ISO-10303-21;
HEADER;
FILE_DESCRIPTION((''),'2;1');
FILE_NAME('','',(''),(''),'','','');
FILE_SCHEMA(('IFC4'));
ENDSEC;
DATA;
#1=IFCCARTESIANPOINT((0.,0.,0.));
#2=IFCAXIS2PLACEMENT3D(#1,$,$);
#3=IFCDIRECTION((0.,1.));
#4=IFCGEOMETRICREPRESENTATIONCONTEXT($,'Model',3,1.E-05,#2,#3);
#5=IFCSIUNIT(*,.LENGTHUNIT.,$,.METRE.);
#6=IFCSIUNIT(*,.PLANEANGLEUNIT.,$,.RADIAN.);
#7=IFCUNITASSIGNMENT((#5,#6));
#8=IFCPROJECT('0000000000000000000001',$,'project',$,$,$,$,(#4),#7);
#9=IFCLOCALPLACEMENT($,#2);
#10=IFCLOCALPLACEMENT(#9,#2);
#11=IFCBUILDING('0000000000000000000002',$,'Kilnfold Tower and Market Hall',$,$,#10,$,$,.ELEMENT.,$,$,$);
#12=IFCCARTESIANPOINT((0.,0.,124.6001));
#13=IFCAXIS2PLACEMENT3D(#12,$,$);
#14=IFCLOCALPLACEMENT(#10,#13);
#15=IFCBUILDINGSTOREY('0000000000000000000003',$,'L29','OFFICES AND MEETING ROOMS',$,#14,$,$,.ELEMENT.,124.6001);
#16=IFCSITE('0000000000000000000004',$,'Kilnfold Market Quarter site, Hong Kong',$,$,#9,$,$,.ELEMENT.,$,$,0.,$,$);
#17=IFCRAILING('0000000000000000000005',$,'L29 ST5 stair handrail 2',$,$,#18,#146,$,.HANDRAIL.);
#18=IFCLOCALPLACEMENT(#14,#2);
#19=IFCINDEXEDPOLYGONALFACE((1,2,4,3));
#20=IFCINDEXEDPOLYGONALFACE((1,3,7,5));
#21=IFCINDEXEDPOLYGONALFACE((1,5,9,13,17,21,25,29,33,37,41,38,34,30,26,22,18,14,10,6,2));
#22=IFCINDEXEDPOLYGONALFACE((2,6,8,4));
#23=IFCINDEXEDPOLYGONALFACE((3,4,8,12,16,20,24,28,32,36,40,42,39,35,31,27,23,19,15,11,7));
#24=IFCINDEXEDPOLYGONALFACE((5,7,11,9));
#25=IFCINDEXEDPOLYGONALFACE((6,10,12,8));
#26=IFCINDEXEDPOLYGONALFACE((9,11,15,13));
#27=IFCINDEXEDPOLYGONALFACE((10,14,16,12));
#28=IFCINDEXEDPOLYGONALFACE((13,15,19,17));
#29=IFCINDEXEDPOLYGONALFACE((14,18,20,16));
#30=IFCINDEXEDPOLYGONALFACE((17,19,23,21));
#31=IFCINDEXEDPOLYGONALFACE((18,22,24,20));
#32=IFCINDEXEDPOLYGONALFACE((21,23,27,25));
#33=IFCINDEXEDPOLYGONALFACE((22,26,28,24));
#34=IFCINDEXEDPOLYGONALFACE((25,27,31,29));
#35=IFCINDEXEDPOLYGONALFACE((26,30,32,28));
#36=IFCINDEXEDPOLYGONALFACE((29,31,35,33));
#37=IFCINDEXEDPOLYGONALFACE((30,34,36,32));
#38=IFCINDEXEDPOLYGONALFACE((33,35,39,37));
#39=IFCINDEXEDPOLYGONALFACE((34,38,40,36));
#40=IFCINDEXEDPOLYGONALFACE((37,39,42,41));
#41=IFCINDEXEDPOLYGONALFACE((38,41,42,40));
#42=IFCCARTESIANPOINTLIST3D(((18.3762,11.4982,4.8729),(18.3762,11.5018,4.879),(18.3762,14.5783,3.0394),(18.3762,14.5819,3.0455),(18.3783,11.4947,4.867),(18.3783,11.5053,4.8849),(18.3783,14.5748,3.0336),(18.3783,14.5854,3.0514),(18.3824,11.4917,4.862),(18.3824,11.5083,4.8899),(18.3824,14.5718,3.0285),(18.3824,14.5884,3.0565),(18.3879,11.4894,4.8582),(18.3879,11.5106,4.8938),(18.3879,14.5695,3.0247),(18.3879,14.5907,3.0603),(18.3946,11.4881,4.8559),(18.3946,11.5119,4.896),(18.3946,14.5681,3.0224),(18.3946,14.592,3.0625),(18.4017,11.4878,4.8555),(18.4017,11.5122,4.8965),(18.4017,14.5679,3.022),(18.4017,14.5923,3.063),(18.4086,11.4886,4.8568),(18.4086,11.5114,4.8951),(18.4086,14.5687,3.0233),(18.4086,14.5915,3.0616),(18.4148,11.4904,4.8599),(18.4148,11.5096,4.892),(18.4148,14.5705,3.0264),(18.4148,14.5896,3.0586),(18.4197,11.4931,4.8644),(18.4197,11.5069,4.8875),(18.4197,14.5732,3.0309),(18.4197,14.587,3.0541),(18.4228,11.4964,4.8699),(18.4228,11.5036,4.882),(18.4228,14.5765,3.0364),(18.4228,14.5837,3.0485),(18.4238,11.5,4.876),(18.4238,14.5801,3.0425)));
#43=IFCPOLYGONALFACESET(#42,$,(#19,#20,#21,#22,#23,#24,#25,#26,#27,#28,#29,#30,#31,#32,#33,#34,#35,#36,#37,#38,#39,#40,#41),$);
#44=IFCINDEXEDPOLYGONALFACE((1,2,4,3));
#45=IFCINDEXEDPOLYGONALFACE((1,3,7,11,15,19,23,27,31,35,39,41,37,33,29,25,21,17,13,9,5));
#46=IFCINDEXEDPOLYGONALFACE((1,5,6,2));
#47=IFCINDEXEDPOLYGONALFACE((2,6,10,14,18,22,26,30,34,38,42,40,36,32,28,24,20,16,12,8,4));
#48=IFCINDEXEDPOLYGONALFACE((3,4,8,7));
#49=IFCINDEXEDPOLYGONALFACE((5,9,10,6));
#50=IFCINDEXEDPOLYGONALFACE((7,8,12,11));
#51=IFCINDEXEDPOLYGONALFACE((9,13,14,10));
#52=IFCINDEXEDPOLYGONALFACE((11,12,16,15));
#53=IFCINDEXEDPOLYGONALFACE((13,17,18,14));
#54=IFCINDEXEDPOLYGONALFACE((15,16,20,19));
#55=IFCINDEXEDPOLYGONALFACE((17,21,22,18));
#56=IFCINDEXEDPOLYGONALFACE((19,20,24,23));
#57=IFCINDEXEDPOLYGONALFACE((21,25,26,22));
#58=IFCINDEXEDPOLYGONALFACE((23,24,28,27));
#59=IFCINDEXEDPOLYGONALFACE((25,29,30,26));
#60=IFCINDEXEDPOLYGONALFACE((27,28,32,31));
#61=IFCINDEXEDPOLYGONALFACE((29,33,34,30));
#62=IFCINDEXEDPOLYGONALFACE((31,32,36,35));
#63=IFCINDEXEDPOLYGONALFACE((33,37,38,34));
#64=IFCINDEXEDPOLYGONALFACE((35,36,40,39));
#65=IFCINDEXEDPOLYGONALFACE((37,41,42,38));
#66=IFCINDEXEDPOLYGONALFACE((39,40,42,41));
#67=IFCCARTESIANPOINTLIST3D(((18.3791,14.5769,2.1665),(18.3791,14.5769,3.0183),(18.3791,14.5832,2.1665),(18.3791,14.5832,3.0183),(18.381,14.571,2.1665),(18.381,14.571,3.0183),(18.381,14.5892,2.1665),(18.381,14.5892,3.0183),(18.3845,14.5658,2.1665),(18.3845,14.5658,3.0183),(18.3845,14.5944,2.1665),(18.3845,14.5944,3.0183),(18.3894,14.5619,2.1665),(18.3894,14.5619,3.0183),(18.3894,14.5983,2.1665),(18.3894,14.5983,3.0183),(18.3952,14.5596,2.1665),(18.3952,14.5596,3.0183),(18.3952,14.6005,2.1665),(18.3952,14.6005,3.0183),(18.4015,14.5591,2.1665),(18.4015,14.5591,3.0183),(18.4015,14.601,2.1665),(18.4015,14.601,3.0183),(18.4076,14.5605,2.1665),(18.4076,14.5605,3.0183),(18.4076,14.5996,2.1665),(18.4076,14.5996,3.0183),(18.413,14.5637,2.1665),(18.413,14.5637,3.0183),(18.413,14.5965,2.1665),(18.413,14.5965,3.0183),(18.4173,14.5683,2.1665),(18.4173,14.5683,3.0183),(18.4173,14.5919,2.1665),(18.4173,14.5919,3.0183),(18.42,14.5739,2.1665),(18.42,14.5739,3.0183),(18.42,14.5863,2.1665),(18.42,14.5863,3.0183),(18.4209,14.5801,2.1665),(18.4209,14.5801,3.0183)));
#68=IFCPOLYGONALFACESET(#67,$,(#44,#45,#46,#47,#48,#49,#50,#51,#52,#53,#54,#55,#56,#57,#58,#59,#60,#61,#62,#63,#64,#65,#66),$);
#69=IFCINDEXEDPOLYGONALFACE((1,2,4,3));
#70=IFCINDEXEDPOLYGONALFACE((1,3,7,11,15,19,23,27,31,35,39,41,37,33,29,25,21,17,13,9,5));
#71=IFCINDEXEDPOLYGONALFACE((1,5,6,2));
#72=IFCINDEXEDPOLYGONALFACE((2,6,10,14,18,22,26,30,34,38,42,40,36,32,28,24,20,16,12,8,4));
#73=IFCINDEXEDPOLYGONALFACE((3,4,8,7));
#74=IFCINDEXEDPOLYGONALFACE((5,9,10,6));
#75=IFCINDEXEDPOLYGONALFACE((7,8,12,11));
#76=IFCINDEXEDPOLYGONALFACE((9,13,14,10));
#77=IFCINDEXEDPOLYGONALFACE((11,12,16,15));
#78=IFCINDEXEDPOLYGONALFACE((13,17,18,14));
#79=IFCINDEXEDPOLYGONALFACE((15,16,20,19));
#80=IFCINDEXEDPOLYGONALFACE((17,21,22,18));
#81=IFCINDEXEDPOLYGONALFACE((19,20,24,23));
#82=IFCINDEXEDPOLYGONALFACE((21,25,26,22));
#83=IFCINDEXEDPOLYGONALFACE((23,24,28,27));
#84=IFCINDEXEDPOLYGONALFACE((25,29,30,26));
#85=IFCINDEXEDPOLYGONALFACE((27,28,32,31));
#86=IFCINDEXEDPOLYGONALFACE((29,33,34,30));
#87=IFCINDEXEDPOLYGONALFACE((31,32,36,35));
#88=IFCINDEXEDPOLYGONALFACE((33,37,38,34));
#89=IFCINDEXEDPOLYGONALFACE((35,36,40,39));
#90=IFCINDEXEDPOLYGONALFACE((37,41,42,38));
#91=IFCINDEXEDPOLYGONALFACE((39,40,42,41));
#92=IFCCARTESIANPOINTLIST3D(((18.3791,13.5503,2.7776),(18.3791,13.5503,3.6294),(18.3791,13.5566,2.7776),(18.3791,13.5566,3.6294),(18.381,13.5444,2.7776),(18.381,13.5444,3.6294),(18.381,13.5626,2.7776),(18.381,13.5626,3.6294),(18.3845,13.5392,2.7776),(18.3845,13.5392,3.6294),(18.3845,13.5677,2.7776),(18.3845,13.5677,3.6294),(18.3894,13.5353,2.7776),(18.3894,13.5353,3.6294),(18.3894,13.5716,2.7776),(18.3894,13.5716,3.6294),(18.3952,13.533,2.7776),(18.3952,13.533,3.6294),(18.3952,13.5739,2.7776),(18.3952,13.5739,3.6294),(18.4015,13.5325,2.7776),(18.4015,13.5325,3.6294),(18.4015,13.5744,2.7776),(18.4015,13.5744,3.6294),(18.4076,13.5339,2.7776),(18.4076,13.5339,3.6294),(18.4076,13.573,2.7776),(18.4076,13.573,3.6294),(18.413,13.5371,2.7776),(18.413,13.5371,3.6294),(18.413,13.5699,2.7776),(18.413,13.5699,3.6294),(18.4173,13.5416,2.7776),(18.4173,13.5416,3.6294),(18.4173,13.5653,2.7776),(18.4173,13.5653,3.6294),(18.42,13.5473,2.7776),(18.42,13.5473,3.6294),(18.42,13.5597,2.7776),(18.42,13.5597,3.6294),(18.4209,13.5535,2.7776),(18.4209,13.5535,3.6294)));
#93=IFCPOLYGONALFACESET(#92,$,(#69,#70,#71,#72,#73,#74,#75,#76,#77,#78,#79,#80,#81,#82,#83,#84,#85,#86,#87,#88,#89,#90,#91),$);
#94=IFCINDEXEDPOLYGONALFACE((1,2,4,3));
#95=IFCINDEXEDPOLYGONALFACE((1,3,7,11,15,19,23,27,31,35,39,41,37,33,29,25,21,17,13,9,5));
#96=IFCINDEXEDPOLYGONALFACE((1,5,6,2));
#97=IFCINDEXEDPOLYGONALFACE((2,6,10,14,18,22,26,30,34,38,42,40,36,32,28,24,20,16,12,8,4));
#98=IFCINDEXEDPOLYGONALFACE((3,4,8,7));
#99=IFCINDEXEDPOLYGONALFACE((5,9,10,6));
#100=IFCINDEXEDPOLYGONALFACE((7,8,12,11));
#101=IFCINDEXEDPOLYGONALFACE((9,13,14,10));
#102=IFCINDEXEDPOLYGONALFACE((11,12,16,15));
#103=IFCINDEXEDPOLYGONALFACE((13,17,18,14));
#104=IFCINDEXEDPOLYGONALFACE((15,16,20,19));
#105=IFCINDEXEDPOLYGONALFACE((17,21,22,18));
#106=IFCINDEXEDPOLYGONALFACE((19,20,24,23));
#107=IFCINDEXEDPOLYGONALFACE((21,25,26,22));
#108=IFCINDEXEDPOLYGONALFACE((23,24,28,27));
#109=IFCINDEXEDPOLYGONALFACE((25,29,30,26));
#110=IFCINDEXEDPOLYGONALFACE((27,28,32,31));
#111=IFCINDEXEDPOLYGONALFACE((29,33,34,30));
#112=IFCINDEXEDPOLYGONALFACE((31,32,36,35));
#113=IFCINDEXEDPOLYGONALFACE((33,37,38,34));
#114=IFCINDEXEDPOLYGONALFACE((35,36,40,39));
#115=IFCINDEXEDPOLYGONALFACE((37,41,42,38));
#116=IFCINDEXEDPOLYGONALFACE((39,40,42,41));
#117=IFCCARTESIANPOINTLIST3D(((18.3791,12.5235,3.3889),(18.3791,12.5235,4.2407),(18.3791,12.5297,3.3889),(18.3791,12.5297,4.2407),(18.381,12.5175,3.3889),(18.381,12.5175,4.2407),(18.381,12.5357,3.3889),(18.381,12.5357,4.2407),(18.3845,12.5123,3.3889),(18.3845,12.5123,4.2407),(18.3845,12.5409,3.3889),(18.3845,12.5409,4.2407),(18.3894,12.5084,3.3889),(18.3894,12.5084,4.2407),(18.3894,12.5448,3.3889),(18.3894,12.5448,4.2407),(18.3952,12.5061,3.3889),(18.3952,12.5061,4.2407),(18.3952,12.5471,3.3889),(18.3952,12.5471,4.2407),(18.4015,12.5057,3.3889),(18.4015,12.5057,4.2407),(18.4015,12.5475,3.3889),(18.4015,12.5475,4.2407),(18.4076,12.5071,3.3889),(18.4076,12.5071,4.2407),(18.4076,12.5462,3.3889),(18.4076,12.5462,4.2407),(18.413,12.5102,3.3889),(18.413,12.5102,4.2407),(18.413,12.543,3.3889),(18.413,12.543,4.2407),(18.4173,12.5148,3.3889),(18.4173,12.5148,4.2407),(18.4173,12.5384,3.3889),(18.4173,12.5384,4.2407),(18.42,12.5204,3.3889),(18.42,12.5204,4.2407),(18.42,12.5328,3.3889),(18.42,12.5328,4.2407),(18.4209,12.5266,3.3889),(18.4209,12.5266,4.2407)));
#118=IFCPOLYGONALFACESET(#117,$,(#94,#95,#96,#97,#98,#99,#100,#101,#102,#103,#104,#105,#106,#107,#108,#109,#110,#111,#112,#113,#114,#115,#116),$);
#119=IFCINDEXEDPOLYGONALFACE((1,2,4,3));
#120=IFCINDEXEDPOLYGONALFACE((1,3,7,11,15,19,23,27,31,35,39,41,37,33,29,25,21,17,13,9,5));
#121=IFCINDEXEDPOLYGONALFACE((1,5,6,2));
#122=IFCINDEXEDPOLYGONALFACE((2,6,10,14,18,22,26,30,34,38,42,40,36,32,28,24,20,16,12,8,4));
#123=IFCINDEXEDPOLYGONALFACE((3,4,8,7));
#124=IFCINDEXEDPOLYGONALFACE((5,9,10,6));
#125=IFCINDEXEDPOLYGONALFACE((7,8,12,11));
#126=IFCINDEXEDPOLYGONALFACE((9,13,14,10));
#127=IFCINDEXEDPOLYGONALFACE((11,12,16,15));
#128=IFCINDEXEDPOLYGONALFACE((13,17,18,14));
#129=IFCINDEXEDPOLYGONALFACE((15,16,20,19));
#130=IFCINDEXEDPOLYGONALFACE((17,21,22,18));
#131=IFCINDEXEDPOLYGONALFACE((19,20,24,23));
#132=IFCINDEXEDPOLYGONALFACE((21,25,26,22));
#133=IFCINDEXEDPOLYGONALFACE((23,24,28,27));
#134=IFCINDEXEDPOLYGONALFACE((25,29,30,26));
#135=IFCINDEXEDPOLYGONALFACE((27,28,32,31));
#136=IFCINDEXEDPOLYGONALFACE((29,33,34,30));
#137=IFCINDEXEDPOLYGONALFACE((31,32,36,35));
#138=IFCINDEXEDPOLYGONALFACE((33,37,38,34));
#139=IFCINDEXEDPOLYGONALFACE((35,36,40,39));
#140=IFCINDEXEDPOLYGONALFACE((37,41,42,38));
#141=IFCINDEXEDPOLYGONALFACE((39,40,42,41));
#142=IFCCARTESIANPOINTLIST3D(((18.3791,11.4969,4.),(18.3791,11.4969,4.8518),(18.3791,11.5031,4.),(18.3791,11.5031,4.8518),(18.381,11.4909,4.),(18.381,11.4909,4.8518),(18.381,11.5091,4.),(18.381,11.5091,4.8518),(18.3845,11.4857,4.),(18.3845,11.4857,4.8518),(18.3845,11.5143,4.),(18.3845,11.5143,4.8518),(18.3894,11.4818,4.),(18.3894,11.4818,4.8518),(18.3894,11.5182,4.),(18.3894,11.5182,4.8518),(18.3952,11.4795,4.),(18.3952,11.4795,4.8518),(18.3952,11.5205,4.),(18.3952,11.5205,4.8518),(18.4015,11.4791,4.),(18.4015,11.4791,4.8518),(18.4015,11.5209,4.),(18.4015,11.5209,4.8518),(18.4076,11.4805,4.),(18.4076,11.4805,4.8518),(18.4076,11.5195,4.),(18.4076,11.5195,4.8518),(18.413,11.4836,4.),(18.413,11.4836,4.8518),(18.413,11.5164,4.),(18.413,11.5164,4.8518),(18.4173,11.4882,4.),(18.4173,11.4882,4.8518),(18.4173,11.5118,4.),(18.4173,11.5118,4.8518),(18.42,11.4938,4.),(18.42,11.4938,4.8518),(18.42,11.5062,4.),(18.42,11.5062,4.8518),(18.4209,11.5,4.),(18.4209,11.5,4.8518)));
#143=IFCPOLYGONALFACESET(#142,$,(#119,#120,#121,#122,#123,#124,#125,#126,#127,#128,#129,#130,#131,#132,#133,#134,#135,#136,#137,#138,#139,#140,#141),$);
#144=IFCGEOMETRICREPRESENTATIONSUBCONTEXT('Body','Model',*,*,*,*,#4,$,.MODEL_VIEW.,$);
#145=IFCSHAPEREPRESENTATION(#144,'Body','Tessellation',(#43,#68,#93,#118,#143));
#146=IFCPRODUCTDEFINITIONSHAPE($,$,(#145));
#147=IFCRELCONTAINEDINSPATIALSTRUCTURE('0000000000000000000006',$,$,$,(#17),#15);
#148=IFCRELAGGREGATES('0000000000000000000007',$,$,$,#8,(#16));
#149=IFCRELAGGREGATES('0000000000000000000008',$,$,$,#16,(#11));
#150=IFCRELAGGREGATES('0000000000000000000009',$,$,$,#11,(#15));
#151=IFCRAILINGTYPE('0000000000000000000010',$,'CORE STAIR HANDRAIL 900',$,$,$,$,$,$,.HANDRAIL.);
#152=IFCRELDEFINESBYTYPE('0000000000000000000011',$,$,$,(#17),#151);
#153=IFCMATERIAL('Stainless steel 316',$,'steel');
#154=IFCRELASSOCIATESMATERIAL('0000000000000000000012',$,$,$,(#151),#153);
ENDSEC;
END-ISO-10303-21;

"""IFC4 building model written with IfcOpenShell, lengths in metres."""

from ifc_helpers import new_model, si_unit, direction, frame, origin, origin_2d, place, context, subcontext, project, spatial, circle, extrude, material, type_object, element, save


model = new_model("IFC4")

# Units and contexts
model_context = context("Model", 3, precision=1e-05, world=origin(), true_north=direction((0.0, 1.0)))
body_context = subcontext(model_context, "Body", "Model", "MODEL_VIEW")
ifc_project = project(units=[si_unit("LENGTHUNIT", "METRE"), si_unit("PLANEANGLEUNIT", "RADIAN")], contexts=[model_context])

# Site, building, storey
site_placement = place(None, origin())
site = spatial("IfcSite", under=ifc_project, at=site_placement, Name="Kilnfold Market Quarter site, Hong Kong", CompositionType="ELEMENT", RefElevation=0.0)
building_placement = place(site_placement, origin())
building = spatial("IfcBuilding", under=site, at=building_placement, Name="Kilnfold Tower and Market Hall", CompositionType="ELEMENT")
storey_placement = place(building_placement, frame((0.0, 0.0, 124.6001)))
storey = spatial("IfcBuildingStorey", under=building, at=storey_placement, Name="L29", Description="OFFICES AND MEETING ROOMS", CompositionType="ELEMENT", Elevation=124.6001)

# Railing
ifc_material_1 = material(Name="Stainless steel 316", Category="steel")
railing_type_1 = type_object("IfcRailingType", Name="CORE STAIR HANDRAIL 900", PredefinedType="HANDRAIL", material=ifc_material_1)
railing_1_placement = place(storey_placement, frame((18.3999, 14.5801, 2.1665)))
element("IfcRailing", 1, at=railing_1_placement, inside=storey, type_object=railing_type_1, Name="L29 ST5 stair handrail 2", PredefinedType="HANDRAIL", context=body_context, shape_type="SweptSolid", body=[
    extrude(circle(Radius=0.0239, at=origin_2d()), frame((0.0, 0.0, 0.876), z_axis=(0.0, -0.859279, 0.511508), x_axis=(1.0, 0.0, 0.0)), (0.0, 0.0, 1.0), 3.5845),
    extrude(circle(Radius=0.021, at=origin_2d()), origin(), (0.0, 0.0, 1.0), 0.8518),
    extrude(circle(Radius=0.021, at=origin_2d()), frame((0.0, -1.0266, 0.6111)), (0.0, 0.0, 1.0), 0.8518),
    extrude(circle(Radius=0.021, at=origin_2d()), frame((0.0, -2.0535, 1.2224)), (0.0, 0.0, 1.0), 0.8518),
    extrude(circle(Radius=0.021, at=origin_2d()), frame((0.0, -3.0801, 1.8335)), (0.0, 0.0, 1.0), 0.8518),
])

save(model, "model.ifc")
